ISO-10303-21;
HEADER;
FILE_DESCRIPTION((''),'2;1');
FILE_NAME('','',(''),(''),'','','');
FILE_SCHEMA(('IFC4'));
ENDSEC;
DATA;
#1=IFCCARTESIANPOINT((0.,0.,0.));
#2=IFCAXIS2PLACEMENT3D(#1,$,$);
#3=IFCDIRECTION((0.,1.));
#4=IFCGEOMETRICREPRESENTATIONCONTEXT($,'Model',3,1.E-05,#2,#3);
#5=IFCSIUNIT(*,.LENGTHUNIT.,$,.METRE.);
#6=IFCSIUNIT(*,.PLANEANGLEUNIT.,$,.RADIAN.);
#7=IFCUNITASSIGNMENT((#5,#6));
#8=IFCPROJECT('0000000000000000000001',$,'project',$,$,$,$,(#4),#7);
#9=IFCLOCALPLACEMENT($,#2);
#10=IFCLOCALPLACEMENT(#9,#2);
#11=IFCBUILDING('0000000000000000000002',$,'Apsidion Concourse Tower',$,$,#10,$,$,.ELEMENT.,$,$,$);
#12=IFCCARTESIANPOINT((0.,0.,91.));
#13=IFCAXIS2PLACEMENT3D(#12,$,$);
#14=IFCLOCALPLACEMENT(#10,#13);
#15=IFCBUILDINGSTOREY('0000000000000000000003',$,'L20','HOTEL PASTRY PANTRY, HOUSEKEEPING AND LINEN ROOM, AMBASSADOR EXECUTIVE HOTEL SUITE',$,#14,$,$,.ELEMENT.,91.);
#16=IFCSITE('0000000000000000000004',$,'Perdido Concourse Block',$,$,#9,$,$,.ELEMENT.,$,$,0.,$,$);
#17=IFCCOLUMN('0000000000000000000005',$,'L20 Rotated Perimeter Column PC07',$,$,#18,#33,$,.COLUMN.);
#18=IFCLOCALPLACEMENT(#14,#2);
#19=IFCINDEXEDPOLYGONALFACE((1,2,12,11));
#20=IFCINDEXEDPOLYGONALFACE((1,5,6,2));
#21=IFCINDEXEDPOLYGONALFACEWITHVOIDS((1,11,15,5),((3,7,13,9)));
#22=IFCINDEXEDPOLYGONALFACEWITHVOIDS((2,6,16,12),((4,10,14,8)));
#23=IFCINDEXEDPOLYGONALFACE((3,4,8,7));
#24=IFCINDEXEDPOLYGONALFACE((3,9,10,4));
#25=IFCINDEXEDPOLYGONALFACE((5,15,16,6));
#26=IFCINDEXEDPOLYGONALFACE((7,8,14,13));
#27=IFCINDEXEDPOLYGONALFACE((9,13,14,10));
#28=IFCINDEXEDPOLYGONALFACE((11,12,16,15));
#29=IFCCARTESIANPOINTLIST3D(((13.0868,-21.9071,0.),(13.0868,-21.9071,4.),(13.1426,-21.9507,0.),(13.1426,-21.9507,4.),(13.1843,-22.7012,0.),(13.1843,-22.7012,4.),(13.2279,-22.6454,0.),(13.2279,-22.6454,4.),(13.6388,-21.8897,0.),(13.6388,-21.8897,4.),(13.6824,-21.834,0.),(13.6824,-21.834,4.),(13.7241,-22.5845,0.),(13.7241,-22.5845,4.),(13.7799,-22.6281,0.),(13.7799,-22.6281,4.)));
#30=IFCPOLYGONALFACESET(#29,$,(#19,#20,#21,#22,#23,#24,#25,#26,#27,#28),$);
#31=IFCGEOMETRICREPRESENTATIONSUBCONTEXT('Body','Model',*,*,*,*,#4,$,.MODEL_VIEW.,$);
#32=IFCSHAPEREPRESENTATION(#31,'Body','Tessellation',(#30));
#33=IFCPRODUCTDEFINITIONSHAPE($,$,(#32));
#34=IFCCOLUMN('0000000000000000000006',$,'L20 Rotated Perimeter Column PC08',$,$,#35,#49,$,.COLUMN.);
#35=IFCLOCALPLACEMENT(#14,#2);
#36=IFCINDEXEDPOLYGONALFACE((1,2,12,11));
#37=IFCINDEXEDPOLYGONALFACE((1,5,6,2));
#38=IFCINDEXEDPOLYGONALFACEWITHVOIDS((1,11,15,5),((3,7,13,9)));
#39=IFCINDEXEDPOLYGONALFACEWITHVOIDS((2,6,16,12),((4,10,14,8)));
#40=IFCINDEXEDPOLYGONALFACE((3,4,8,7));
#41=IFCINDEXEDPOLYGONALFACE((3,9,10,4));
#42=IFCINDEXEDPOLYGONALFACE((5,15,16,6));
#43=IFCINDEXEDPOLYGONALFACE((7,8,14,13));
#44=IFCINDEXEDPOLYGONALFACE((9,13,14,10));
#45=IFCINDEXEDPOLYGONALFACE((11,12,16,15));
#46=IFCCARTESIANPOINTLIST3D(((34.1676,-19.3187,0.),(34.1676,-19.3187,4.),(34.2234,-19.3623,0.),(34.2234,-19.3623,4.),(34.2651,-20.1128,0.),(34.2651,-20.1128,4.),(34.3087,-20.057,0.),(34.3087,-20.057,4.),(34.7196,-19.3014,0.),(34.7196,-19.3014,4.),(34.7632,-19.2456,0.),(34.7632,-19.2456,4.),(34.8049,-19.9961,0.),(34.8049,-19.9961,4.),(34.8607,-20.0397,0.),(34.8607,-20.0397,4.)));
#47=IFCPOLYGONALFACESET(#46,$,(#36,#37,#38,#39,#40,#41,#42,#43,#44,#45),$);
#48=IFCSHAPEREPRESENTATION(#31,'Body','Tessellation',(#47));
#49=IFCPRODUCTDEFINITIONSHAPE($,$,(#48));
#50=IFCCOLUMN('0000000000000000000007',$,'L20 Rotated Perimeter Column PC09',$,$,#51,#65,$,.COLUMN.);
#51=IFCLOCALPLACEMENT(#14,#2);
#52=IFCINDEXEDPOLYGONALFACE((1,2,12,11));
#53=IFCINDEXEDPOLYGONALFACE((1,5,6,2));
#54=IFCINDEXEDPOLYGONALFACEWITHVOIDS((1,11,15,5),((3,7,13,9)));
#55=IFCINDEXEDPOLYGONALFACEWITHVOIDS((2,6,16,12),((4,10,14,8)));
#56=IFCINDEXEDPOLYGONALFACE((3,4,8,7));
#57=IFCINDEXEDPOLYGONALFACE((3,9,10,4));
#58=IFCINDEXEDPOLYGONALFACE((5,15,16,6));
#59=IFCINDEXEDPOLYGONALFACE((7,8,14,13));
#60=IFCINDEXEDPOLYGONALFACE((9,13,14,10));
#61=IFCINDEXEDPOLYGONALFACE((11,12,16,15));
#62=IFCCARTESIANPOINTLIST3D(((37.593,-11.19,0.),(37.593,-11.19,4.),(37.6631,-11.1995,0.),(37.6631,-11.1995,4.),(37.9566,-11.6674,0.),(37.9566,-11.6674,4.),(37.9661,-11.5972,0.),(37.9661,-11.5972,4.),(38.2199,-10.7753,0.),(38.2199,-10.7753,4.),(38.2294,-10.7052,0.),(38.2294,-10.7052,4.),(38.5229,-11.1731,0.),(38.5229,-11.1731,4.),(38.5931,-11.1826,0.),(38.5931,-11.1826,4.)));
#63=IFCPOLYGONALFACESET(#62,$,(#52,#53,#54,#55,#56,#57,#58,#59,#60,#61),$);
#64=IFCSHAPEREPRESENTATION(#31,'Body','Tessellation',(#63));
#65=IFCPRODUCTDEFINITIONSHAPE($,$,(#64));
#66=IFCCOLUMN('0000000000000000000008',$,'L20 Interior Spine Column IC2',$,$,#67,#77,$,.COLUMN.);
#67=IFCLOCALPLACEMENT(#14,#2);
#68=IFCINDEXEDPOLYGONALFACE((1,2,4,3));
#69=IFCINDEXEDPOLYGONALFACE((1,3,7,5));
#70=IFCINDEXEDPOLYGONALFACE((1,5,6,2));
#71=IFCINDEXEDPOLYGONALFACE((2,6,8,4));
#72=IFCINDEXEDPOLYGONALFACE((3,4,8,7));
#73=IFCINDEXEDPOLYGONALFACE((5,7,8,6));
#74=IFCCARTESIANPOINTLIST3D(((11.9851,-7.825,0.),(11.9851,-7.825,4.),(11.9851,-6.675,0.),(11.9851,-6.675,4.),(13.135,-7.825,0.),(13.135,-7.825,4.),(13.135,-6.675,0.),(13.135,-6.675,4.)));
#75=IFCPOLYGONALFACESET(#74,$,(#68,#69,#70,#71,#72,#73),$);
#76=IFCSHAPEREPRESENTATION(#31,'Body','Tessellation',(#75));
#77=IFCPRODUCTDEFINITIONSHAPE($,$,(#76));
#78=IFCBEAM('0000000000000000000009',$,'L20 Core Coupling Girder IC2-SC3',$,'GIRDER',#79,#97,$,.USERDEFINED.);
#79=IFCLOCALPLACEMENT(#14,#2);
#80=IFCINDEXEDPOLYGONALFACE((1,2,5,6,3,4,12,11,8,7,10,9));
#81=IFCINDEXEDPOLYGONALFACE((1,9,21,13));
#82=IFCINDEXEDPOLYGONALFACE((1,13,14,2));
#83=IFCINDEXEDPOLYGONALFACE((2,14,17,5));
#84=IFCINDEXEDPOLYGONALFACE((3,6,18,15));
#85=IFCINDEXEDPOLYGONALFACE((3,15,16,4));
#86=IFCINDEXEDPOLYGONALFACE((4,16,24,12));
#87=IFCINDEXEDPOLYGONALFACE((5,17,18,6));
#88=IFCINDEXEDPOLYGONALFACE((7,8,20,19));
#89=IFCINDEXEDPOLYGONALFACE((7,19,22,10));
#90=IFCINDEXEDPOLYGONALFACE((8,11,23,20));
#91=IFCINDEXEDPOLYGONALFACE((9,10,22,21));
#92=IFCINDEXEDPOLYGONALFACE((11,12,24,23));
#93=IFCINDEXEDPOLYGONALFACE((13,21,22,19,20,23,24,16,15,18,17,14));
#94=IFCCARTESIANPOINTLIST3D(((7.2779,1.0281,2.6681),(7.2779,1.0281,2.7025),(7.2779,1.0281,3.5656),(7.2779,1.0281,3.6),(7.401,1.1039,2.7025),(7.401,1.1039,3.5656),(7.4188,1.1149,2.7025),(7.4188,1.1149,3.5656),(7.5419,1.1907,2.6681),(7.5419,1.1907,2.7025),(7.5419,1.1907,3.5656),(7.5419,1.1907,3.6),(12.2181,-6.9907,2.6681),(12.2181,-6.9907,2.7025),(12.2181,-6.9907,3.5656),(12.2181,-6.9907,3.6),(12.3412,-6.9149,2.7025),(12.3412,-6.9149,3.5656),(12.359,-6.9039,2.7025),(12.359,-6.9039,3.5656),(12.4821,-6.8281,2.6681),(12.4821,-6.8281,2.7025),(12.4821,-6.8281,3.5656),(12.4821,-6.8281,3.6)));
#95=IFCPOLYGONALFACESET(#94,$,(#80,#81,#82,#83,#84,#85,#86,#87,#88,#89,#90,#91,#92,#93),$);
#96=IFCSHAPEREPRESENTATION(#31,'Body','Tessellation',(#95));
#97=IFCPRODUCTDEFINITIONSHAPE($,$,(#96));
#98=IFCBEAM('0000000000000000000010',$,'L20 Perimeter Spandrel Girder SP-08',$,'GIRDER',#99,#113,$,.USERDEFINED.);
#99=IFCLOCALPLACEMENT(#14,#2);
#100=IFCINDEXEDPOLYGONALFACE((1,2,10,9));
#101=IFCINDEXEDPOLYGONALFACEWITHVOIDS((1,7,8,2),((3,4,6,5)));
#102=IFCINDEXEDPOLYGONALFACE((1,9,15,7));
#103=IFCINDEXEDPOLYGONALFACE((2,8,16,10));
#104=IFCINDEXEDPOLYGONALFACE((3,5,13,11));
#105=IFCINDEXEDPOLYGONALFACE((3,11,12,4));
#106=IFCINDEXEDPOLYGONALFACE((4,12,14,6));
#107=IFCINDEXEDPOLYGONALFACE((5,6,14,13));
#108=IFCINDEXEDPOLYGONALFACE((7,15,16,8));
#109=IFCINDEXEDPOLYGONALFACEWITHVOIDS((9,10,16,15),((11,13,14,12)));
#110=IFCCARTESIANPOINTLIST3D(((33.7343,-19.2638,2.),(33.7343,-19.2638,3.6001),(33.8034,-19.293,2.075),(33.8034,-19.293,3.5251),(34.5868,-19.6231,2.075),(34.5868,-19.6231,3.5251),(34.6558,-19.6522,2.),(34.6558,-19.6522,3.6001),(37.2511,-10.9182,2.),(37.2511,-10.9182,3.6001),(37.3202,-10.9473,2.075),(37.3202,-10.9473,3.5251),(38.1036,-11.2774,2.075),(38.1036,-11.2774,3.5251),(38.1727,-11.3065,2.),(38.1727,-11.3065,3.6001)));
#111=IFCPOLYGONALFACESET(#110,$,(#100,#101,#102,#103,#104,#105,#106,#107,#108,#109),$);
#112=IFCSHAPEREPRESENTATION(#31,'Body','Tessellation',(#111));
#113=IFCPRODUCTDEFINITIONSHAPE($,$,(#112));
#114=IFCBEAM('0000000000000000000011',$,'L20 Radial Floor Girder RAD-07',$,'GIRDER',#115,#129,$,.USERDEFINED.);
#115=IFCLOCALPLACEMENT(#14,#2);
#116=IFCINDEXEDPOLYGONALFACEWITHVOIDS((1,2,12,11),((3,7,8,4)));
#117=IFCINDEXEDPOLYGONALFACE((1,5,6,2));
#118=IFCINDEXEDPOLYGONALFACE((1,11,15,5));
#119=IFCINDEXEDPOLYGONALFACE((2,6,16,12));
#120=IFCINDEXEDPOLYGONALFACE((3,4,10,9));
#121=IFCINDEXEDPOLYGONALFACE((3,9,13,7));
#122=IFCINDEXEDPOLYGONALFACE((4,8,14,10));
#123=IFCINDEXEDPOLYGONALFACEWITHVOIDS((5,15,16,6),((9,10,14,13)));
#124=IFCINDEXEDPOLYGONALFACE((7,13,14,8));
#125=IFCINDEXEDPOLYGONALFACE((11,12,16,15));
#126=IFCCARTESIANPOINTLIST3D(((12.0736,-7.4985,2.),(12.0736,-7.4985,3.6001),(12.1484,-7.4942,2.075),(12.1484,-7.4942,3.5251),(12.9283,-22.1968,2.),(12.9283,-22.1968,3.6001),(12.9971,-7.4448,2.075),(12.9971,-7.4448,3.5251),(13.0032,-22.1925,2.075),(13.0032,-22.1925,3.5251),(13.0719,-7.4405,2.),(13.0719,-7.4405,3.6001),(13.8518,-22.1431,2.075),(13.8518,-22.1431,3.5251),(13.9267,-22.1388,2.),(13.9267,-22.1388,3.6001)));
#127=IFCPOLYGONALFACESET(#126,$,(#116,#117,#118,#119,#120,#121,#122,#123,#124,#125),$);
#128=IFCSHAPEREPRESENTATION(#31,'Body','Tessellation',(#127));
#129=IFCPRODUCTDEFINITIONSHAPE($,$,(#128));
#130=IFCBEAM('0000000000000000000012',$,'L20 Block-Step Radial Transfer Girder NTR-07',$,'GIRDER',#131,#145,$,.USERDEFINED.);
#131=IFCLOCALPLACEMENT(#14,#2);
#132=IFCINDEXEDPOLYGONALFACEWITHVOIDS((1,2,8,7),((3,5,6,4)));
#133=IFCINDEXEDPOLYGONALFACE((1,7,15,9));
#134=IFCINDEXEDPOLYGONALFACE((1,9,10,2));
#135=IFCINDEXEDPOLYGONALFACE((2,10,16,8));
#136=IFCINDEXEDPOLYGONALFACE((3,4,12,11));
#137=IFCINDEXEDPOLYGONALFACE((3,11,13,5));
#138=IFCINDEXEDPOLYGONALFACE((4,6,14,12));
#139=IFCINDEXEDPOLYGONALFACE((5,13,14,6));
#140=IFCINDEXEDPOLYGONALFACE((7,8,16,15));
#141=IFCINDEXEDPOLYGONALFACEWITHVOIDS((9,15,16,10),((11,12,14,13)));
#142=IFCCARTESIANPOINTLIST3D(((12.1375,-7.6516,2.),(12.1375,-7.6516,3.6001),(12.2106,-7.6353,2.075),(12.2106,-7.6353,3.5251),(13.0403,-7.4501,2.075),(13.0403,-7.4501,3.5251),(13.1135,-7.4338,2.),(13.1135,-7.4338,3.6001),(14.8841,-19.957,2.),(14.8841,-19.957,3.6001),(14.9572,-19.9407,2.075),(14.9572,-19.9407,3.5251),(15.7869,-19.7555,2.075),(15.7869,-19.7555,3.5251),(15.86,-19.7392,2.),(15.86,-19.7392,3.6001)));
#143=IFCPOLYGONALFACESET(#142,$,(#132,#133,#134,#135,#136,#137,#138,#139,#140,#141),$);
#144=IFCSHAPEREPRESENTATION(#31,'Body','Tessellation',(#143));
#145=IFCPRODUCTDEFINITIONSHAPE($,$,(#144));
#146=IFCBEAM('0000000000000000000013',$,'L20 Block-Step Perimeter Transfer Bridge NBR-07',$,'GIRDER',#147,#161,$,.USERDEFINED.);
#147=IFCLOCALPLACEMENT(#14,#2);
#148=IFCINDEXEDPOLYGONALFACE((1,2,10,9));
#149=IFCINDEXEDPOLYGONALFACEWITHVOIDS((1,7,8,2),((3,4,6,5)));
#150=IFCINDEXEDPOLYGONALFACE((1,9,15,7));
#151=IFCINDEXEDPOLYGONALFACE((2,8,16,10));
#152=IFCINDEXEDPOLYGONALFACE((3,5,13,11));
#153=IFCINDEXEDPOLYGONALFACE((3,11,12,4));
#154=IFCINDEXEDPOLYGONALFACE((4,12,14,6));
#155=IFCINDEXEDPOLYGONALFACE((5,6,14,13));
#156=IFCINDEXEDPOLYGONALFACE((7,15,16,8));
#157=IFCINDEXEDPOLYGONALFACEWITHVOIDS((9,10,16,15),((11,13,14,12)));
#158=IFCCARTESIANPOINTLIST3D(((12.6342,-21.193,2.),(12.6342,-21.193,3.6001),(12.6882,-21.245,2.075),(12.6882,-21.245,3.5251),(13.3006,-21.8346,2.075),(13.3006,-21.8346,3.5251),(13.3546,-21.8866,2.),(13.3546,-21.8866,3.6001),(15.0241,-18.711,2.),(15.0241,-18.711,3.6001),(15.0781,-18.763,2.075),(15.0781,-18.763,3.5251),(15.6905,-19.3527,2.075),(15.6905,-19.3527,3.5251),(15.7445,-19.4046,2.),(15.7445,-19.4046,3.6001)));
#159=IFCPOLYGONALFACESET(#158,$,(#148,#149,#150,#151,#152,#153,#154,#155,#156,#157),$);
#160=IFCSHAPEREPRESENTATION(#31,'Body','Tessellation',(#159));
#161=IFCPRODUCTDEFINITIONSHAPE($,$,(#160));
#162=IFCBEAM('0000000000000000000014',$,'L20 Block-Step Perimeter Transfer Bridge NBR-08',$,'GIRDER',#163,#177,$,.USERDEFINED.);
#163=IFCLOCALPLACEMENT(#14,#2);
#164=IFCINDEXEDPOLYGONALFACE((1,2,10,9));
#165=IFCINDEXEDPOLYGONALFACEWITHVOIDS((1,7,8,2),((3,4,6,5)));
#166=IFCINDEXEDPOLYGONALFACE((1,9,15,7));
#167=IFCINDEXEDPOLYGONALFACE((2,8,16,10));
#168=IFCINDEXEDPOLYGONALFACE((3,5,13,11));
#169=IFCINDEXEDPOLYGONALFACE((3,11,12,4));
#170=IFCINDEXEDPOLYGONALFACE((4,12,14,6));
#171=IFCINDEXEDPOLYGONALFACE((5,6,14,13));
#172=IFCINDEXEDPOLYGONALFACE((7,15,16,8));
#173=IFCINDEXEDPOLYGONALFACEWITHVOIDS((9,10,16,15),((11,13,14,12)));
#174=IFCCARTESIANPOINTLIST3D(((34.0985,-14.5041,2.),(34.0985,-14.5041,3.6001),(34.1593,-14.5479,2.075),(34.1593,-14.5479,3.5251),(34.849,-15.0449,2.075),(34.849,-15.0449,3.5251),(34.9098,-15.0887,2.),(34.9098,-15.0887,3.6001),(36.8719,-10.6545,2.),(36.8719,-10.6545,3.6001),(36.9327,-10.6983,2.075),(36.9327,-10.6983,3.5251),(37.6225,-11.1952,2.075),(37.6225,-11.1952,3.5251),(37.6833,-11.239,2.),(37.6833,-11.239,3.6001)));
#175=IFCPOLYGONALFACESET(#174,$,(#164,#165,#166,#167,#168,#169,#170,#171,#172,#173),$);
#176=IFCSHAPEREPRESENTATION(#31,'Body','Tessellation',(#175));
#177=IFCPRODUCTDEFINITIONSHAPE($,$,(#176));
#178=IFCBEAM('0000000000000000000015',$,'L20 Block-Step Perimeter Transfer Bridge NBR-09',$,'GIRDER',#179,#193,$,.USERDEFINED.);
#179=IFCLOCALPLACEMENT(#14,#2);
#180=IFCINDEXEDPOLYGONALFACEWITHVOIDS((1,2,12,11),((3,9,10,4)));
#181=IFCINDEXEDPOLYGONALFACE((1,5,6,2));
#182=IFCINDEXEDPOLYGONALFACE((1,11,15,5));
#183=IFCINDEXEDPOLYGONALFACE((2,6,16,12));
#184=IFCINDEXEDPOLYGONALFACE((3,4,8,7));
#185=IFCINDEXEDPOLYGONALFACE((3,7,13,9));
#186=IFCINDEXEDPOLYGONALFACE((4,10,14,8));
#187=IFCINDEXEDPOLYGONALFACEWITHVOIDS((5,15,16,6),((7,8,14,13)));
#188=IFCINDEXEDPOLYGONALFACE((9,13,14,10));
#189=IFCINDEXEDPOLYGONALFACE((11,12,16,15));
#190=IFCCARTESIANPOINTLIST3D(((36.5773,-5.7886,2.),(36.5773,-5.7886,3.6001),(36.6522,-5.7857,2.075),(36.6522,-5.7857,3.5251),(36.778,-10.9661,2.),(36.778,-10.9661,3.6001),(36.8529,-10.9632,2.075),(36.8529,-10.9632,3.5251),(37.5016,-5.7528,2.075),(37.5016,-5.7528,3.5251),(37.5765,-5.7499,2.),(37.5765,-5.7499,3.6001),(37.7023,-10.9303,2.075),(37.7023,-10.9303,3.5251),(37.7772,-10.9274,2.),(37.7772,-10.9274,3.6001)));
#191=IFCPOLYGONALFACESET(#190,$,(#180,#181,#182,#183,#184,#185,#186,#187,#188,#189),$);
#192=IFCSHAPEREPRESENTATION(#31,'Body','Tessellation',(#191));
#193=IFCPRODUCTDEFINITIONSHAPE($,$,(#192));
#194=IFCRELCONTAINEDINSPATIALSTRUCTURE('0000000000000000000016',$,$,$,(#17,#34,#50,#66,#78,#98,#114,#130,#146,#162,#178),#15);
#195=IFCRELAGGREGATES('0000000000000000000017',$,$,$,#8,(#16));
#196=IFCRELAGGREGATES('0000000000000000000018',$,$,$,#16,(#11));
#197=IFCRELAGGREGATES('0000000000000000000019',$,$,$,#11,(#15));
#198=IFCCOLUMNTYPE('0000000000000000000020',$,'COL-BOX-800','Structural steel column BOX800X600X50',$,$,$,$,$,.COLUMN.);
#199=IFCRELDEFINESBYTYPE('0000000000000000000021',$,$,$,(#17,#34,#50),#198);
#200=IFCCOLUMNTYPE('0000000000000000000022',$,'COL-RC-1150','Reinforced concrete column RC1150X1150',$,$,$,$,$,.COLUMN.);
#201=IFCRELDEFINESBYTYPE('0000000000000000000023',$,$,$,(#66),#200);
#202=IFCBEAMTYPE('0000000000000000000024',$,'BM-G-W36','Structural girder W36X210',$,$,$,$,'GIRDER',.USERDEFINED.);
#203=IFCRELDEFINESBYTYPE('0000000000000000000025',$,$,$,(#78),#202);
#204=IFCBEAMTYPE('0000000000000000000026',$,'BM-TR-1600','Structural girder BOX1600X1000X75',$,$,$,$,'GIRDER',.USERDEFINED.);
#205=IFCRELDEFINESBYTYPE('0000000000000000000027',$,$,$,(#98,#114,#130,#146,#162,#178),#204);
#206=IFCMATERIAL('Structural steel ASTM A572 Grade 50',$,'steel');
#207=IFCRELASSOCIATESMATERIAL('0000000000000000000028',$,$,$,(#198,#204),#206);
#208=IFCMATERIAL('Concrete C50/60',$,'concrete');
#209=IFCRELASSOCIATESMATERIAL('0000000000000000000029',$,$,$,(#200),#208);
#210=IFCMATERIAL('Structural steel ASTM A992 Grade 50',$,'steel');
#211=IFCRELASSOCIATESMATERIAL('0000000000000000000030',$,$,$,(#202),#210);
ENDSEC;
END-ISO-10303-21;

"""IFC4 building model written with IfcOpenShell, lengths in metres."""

from ifc_helpers import new_model, si_unit, direction, frame, origin, origin_2d, place, context, subcontext, project, spatial, rectangle, hollow_rectangle, i_section, extrude, material, material_profile, profile_set, type_object, element, save


model = new_model("IFC4")

# Units and contexts
model_context = context("Model", 3, precision=1e-05, world=origin(), true_north=direction((0.0, 1.0)))
body_context = subcontext(model_context, "Body", "Model", "MODEL_VIEW")
ifc_project = project(units=[si_unit("LENGTHUNIT", "METRE"), si_unit("PLANEANGLEUNIT", "RADIAN")], contexts=[model_context])

# Site, building, storey
site_placement = place(None, origin())
site = spatial("IfcSite", under=ifc_project, at=site_placement, Name="Perdido Concourse Block", CompositionType="ELEMENT", RefElevation=0.0)
building_placement = place(site_placement, origin())
building = spatial("IfcBuilding", under=site, at=building_placement, Name="Apsidion Concourse Tower", CompositionType="ELEMENT")
storey_placement = place(building_placement, frame((0.0, 0.0, 91.0)))
storey = spatial("IfcBuildingStorey", under=building, at=storey_placement, Name="L20", Description="HOTEL PASTRY PANTRY, HOUSEKEEPING AND LINEN ROOM, AMBASSADOR EXECUTIVE HOTEL SUITE", CompositionType="ELEMENT", Elevation=91.0)

# Columns
ifc_material_1 = material(Name="Structural steel ASTM A572 Grade 50", Category="steel")
ifc_material_profile_1 = material_profile(ifc_material_1, hollow_rectangle(XDim=0.6001, YDim=0.8, WallThickness=0.05, at=origin_2d()), Name="BOX800X600X50")
ifc_profile_set_1 = profile_set([ifc_material_profile_1], Name="Structural steel ASTM A572 Grade 50")
column_type_1 = type_object("IfcColumnType", Name="COL-BOX-800", Description="Structural steel column BOX800X600X50", PredefinedType="COLUMN", material=ifc_profile_set_1)
for number, where, z_axis, x_axis, name in (
    (1, (13.4333, -22.2676, 0.0), (0.0, 0.0, 1.0), (0.992546, 0.121869, 0.0), "L20 Rotated Perimeter Column PC07"),
    (2, (34.5142, -19.6792, 0.0), (0.0, 0.0, 1.0), (0.992546, 0.121869, 0.0), "L20 Rotated Perimeter Column PC08"),
    (3, (38.093, -11.1863, 0.0), (0.0, 0.0, 1.0), (-0.605988, 0.795473, 0.0), "L20 Rotated Perimeter Column PC09"),
):
    element("IfcColumn", number, at=place(storey_placement, frame(where, z_axis=z_axis, x_axis=x_axis)), inside=storey, type_object=column_type_1, Name=name, PredefinedType="COLUMN", context=body_context, shape_type="SweptSolid", body=[
        extrude(hollow_rectangle(XDim=0.6001, YDim=0.8, WallThickness=0.05, at=origin_2d()), origin(), (0.0, 0.0, 1.0), 4.0),
    ])
ifc_material_2 = material(Name="Concrete C50/60", Category="concrete")
ifc_material_profile_2 = material_profile(ifc_material_2, rectangle(XDim=1.1499, YDim=1.1499, at=origin_2d()), Name="RC 1150x1150")
ifc_profile_set_2 = profile_set([ifc_material_profile_2], Name="Concrete C50/60")
column_type_2 = type_object("IfcColumnType", Name="COL-RC-1150", Description="Reinforced concrete column RC1150X1150", PredefinedType="COLUMN", material=ifc_profile_set_2)
column_placement = place(storey_placement, frame((12.5601, -7.25, 0.0), z_axis=(0.0, 0.0, 1.0), x_axis=(1.0, 0.0, 0.0)))
element("IfcColumn", 4, at=column_placement, inside=storey, type_object=column_type_2, Name="L20 Interior Spine Column IC2", PredefinedType="COLUMN", context=body_context, shape_type="SweptSolid", body=[
    extrude(rectangle(XDim=1.1499, YDim=1.1499, at=origin_2d()), origin(), (0.0, 0.0, 1.0), 4.0),
])

# Beams
ifc_material_3 = material(Name="Structural steel ASTM A992 Grade 50", Category="steel")
ifc_material_profile_3 = material_profile(ifc_material_3, i_section(OverallWidth=0.3101, OverallDepth=0.9319, WebThickness=0.021, FlangeThickness=0.0344, at=origin_2d()), Name="W36X210")
ifc_profile_set_3 = profile_set([ifc_material_profile_3], Name="Structural steel ASTM A992 Grade 50")
beam_type_1 = type_object("IfcBeamType", Name="BM-G-W36", Description="Structural girder W36X210", ElementType="GIRDER", PredefinedType="USERDEFINED", material=ifc_profile_set_3)
beam_1_placement = place(storey_placement, frame((12.3501, -6.9094, 3.134), z_axis=(-0.524524, 0.851396, 0.0), x_axis=(-0.851396, -0.524524, 0.0)))
element("IfcBeam", 5, at=beam_1_placement, inside=storey, type_object=beam_type_1, Name="L20 Core Coupling Girder IC2-SC3", ObjectType="GIRDER", PredefinedType="USERDEFINED", context=body_context, shape_type="SweptSolid", body=[
    extrude(i_section(OverallWidth=0.3101, OverallDepth=0.9319, WebThickness=0.021, FlangeThickness=0.0344, at=origin_2d()), origin(), (0.0, 0.0, 1.0), 9.4185),
])
ifc_material_profile_4 = material_profile(ifc_material_1, hollow_rectangle(XDim=1.0, YDim=1.6001, WallThickness=0.075, at=origin_2d()), Name="BOX1600X1000X75")
ifc_profile_set_4 = profile_set([ifc_material_profile_4], Name="Structural steel ASTM A572 Grade 50")
beam_type_2 = type_object("IfcBeamType", Name="BM-TR-1600", Description="Structural girder BOX1600X1000X75", ElementType="GIRDER", PredefinedType="USERDEFINED", material=ifc_profile_set_4)
beam_2_placement = place(storey_placement, frame((34.1951, -19.458, 2.8), z_axis=(0.388326, 0.921522, 0.0), x_axis=(-0.921522, 0.388326, 0.0)))
element("IfcBeam", 6, at=beam_2_placement, inside=storey, type_object=beam_type_2, Name="L20 Perimeter Spandrel Girder SP-08", ObjectType="GIRDER", PredefinedType="USERDEFINED", context=body_context, shape_type="SweptSolid", body=[
    extrude(hollow_rectangle(XDim=1.0, YDim=1.6001, WallThickness=0.075, at=origin_2d()), origin(), (0.0, 0.0, 1.0), 9.0564),
])
beam_3_placement = place(storey_placement, frame((12.5728, -7.4695, 2.8), z_axis=(0.058054, -0.998313, 0.0), x_axis=(0.998313, 0.058054, 0.0)))
element("IfcBeam", 7, at=beam_3_placement, inside=storey, type_object=beam_type_2, Name="L20 Radial Floor Girder RAD-07", ObjectType="GIRDER", PredefinedType="USERDEFINED", context=body_context, shape_type="SweptSolid", body=[
    extrude(hollow_rectangle(XDim=1.0, YDim=1.6001, WallThickness=0.075, at=origin_2d()), origin(), (0.0, 0.0, 1.0), 14.7231),
])
beam_4_placement = place(storey_placement, frame((12.6255, -7.5427, 2.8), z_axis=(0.217841, -0.975984, 0.0), x_axis=(0.975984, 0.217841, 0.0)))
element("IfcBeam", 8, at=beam_4_placement, inside=storey, type_object=beam_type_2, Name="L20 Block-Step Radial Transfer Girder NTR-07", ObjectType="GIRDER", PredefinedType="USERDEFINED", context=body_context, shape_type="SweptSolid", body=[
    extrude(hollow_rectangle(XDim=1.0, YDim=1.6001, WallThickness=0.075, at=origin_2d()), origin(), (0.0, 0.0, 1.0), 12.6082),
])
beam_5_placement = place(storey_placement, frame((12.9944, -21.5398, 2.8), z_axis=(0.693624, 0.720337, 0.0), x_axis=(-0.720337, 0.693624, 0.0)))
element("IfcBeam", 9, at=beam_5_placement, inside=storey, type_object=beam_type_2, Name="L20 Block-Step Perimeter Transfer Bridge NBR-07", ObjectType="GIRDER", PredefinedType="USERDEFINED", context=body_context, shape_type="SweptSolid", body=[
    extrude(hollow_rectangle(XDim=1.0, YDim=1.6001, WallThickness=0.075, at=origin_2d()), origin(), (0.0, 0.0, 1.0), 3.4456),
])
beam_6_placement = place(storey_placement, frame((37.2776, -10.9468, 2.8), z_axis=(-0.584543, -0.811363, 0.0), x_axis=(0.811363, -0.584543, 0.0)))
element("IfcBeam", 10, at=beam_6_placement, inside=storey, type_object=beam_type_2, Name="L20 Block-Step Perimeter Transfer Bridge NBR-08", ObjectType="GIRDER", PredefinedType="USERDEFINED", context=body_context, shape_type="SweptSolid", body=[
    extrude(hollow_rectangle(XDim=1.0, YDim=1.6001, WallThickness=0.075, at=origin_2d()), origin(), (0.0, 0.0, 1.0), 4.7446),
])
beam_7_placement = place(storey_placement, frame((37.2776, -10.9468, 2.8), z_axis=(-0.038732, 0.99925, 0.0), x_axis=(-0.99925, -0.038732, 0.0)))
element("IfcBeam", 11, at=beam_7_placement, inside=storey, type_object=beam_type_2, Name="L20 Block-Step Perimeter Transfer Bridge NBR-09", ObjectType="GIRDER", PredefinedType="USERDEFINED", context=body_context, shape_type="SweptSolid", body=[
    extrude(hollow_rectangle(XDim=1.0, YDim=1.6001, WallThickness=0.075, at=origin_2d()), origin(), (0.0, 0.0, 1.0), 5.1814),
])

save(model, "model.ifc")
